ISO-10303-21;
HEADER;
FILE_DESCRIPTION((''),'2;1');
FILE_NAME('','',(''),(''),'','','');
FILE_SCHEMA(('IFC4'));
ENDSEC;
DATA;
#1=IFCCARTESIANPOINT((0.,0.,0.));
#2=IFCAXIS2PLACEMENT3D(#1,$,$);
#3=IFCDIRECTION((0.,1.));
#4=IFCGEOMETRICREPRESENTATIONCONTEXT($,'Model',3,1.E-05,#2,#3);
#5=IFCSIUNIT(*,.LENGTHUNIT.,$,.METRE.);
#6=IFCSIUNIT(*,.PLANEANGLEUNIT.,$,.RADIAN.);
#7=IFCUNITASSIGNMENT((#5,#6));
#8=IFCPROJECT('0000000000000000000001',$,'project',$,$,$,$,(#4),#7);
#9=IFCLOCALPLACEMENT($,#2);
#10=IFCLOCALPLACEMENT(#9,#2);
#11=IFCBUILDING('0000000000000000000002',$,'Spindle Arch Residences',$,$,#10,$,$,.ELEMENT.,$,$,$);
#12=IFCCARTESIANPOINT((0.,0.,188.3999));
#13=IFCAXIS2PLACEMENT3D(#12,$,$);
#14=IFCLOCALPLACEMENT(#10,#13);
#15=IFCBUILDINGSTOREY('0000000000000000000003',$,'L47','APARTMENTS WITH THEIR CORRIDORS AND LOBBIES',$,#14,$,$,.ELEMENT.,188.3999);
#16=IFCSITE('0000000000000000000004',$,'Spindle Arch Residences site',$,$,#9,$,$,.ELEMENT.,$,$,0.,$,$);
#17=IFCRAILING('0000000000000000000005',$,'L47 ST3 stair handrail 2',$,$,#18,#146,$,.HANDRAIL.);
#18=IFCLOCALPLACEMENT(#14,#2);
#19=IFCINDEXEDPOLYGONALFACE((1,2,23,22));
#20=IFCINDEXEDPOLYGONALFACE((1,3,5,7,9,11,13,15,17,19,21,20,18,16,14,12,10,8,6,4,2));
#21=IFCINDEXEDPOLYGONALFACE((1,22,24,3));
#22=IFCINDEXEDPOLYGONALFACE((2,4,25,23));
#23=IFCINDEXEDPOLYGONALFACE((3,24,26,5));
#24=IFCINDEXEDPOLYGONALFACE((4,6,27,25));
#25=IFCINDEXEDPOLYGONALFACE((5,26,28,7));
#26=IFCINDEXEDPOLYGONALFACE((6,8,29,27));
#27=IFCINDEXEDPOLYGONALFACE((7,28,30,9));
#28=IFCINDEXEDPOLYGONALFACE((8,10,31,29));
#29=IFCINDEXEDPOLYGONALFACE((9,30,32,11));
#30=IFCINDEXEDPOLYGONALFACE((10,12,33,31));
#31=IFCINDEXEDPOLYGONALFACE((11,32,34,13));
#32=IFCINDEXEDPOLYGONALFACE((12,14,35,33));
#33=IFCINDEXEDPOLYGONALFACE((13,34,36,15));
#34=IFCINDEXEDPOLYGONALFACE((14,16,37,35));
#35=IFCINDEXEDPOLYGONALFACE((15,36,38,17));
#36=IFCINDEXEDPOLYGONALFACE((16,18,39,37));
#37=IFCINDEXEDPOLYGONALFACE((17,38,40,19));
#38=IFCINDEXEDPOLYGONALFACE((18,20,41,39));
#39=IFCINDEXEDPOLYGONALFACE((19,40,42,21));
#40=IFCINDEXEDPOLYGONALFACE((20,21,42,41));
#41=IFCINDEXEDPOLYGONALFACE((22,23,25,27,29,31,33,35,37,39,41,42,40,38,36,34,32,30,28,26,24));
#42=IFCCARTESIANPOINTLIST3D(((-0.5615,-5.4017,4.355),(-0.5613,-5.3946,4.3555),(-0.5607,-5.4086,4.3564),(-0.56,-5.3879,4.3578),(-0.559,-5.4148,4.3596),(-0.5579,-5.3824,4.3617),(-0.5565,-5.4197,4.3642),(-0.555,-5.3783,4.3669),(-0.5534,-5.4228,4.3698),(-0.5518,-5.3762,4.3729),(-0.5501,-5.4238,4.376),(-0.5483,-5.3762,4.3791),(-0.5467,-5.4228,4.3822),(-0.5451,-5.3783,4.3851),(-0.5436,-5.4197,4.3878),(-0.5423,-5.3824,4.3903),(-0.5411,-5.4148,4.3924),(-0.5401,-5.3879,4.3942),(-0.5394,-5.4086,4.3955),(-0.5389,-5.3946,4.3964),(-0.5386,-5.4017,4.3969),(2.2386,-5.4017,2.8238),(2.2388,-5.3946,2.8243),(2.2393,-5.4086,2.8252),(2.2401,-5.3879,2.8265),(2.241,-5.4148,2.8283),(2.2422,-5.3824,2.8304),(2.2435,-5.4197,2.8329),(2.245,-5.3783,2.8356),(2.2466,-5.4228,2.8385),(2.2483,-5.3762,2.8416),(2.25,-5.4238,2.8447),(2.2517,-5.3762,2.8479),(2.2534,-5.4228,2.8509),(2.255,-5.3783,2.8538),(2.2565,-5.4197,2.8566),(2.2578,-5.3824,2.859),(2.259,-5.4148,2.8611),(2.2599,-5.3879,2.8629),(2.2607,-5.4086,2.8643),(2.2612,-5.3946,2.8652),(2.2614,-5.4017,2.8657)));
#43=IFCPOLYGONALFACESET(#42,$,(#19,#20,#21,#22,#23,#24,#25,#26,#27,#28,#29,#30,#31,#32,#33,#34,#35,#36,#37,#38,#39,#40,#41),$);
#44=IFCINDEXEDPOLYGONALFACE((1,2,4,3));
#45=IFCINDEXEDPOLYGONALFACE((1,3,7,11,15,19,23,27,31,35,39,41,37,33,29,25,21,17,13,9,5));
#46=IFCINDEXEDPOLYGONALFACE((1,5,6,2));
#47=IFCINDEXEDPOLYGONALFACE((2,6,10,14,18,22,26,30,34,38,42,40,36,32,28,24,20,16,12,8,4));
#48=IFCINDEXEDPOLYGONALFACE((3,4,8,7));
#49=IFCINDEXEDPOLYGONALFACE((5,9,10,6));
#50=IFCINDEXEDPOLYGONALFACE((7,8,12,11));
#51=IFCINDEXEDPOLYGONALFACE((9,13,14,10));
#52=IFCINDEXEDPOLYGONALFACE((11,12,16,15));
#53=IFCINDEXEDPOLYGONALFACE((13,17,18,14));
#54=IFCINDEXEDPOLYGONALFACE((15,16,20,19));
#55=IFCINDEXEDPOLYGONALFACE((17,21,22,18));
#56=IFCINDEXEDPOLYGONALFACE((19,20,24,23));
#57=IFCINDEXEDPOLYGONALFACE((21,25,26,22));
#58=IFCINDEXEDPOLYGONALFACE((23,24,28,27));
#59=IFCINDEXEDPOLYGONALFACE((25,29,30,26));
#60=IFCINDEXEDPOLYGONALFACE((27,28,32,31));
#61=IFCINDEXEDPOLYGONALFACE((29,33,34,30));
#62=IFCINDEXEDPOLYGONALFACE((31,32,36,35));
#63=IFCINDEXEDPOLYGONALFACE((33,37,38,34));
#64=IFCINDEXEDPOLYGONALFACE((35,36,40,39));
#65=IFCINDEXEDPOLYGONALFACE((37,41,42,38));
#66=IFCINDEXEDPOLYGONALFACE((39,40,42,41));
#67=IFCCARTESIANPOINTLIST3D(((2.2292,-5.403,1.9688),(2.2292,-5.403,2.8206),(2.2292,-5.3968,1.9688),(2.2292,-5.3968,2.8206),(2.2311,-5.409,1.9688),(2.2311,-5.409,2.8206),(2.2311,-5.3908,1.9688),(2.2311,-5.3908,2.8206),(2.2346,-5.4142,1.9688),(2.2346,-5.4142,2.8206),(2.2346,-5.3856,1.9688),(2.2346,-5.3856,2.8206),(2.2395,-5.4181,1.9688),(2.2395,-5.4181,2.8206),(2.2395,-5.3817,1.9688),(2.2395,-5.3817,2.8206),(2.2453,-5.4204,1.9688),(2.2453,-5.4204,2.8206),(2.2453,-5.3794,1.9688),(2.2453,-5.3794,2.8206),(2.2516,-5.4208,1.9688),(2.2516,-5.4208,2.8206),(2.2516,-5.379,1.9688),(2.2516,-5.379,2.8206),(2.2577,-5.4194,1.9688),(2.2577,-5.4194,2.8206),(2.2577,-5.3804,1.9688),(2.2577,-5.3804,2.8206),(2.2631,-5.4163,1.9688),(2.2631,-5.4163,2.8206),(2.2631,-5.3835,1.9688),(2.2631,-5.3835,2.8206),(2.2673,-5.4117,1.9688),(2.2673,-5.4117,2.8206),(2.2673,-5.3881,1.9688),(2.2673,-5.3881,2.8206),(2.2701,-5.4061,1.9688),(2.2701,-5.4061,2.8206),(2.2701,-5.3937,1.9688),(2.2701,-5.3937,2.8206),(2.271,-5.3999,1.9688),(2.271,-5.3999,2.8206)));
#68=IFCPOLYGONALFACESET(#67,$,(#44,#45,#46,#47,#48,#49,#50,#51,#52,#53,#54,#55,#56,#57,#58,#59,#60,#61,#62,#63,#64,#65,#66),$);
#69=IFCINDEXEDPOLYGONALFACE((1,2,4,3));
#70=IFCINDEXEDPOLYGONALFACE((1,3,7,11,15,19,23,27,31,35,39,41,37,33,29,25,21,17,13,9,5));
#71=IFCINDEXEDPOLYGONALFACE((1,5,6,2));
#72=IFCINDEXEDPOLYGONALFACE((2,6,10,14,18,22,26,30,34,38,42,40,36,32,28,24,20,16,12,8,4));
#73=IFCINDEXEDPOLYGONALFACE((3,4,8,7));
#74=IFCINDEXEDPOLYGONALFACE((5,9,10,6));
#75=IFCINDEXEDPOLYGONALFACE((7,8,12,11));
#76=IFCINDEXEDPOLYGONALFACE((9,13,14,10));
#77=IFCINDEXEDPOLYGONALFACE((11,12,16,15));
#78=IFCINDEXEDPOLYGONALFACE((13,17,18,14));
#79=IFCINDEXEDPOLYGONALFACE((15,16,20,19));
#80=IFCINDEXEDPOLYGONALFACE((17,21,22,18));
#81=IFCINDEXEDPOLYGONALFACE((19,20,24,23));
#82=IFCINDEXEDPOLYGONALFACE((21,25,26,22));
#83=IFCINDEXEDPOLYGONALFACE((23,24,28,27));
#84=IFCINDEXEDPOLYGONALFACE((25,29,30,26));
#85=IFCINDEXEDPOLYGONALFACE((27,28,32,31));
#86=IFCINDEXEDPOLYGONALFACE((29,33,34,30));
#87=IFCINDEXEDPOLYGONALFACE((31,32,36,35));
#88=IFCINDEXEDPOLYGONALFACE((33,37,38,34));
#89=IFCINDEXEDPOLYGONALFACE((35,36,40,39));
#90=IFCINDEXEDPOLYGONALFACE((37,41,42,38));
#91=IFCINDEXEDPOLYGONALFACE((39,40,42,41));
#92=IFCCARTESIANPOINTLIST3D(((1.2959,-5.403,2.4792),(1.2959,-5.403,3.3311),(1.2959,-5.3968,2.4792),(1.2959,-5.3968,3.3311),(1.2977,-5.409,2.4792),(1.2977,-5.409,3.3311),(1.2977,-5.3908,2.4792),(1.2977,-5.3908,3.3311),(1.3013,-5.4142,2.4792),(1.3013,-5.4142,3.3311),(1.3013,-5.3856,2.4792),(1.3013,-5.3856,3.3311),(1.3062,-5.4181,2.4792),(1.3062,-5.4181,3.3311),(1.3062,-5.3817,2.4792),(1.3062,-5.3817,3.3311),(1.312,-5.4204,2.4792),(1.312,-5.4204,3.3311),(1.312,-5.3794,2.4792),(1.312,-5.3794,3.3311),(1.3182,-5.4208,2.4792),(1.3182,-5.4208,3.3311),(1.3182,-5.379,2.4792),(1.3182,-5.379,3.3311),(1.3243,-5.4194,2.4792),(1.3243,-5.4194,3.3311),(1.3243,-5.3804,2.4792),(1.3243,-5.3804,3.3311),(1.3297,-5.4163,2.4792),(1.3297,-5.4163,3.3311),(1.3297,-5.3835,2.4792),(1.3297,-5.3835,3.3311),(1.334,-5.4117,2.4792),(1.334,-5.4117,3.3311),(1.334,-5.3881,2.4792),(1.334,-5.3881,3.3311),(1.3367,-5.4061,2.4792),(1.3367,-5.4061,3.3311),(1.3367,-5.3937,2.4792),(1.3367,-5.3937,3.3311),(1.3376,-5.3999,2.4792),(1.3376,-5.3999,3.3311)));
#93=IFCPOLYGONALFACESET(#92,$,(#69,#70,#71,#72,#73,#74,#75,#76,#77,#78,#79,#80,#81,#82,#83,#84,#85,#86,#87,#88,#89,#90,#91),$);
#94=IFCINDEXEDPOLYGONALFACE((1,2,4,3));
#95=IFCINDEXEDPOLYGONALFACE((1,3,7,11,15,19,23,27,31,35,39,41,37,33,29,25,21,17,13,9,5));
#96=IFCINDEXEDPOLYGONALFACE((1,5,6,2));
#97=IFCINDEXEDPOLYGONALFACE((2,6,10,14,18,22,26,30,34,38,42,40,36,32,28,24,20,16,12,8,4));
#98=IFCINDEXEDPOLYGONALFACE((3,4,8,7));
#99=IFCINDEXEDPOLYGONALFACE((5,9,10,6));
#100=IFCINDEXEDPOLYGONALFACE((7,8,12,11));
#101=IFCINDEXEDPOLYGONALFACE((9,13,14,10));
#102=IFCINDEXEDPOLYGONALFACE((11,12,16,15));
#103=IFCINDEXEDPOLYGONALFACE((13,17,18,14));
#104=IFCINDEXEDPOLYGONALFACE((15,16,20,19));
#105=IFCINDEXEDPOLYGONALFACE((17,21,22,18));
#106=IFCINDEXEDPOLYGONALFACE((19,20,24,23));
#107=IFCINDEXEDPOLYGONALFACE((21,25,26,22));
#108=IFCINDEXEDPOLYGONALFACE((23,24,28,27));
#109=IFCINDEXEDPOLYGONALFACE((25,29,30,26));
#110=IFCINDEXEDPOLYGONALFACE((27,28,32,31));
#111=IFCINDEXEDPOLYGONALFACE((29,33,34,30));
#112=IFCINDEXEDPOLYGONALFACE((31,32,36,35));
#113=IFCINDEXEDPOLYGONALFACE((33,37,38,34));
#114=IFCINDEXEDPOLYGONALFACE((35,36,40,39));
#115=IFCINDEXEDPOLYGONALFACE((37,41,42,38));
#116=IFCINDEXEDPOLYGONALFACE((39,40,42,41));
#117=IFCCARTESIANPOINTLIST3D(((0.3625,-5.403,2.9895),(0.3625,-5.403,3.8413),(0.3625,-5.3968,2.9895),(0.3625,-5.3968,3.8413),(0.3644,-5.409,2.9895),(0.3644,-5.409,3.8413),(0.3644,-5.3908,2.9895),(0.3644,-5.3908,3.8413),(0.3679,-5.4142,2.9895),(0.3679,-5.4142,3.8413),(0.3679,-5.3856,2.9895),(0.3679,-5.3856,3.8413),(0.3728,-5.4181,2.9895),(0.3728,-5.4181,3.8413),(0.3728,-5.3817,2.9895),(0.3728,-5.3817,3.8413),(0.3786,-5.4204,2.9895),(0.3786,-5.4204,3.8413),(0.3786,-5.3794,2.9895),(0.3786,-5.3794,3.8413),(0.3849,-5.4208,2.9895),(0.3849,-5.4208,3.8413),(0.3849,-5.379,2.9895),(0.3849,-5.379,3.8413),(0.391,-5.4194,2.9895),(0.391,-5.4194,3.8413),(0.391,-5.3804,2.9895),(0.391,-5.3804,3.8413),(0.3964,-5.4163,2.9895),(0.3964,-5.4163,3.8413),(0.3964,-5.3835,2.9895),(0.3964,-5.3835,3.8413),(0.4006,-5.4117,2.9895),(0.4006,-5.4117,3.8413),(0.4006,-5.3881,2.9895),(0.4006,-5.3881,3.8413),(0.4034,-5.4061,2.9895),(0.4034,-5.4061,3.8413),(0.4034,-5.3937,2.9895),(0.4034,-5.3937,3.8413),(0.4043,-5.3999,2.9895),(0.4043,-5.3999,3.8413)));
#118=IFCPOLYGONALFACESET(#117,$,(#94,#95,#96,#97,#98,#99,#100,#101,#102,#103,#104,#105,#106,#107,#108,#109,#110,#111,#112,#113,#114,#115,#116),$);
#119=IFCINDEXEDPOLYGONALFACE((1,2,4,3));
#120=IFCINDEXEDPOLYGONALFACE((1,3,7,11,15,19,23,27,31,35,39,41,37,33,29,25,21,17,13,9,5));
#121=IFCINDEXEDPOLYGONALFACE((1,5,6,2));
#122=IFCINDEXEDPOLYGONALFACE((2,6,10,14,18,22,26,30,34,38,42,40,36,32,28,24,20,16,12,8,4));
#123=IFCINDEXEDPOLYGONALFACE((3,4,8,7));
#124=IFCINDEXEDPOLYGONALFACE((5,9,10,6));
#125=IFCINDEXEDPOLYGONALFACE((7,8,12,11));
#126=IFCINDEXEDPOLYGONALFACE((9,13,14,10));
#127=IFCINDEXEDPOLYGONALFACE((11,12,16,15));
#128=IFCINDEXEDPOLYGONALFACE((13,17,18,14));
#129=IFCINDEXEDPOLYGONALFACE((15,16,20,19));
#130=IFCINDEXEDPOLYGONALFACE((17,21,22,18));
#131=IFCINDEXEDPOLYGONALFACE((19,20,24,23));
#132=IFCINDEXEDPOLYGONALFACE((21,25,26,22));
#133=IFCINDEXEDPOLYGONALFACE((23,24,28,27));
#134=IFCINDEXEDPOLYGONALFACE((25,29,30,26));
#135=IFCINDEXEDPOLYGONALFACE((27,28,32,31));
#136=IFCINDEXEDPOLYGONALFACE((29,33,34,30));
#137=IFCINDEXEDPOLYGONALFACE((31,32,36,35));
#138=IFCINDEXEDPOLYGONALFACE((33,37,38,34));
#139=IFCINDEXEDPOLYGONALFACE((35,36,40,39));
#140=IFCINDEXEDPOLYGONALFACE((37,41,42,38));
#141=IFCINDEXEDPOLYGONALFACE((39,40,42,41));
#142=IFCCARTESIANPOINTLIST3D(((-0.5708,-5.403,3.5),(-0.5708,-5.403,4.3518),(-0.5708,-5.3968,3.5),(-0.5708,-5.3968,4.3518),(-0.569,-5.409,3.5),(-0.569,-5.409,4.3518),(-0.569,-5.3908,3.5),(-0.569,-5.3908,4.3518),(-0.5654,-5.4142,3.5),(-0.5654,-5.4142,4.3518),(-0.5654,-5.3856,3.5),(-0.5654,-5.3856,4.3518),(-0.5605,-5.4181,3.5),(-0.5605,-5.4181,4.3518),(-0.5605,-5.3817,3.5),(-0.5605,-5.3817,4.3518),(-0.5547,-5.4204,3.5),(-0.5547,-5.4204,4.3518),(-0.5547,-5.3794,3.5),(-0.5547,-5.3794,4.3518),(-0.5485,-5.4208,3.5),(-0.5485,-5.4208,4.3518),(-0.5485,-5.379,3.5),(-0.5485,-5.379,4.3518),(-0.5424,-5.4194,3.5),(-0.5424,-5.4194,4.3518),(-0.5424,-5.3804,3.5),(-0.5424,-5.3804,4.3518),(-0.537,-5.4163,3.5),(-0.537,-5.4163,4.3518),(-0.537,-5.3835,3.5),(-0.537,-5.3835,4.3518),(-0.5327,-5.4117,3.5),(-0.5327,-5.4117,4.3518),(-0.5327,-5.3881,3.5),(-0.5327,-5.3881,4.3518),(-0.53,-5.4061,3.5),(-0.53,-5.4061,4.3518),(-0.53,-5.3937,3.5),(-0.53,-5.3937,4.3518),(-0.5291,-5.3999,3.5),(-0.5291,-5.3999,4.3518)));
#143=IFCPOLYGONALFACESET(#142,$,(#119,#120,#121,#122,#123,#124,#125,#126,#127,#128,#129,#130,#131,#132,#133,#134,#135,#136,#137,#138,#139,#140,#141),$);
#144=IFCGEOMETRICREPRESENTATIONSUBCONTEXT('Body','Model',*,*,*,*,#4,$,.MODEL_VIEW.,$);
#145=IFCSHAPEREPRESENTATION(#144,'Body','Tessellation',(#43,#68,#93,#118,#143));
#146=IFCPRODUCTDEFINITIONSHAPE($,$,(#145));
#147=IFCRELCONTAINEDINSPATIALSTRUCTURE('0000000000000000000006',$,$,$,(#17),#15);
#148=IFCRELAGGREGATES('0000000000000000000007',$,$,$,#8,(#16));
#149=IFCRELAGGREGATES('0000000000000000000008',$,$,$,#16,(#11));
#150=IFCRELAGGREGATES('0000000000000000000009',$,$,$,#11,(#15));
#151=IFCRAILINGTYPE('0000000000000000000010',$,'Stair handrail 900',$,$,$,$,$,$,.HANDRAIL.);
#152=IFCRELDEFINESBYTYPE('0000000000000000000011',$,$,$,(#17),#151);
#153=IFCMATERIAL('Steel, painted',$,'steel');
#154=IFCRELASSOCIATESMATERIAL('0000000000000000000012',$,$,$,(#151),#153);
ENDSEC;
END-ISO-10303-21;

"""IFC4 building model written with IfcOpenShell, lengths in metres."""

from ifc_helpers import new_model, si_unit, direction, frame, origin, origin_2d, place, context, subcontext, project, spatial, circle, extrude, material, type_object, element, save


model = new_model("IFC4")

# Units and contexts
model_context = context("Model", 3, precision=1e-05, world=origin(), true_north=direction((0.0, 1.0)))
body_context = subcontext(model_context, "Body", "Model", "MODEL_VIEW")
ifc_project = project(units=[si_unit("LENGTHUNIT", "METRE"), si_unit("PLANEANGLEUNIT", "RADIAN")], contexts=[model_context])

# Site, building, storey
site_placement = place(None, origin())
site = spatial("IfcSite", under=ifc_project, at=site_placement, Name="Spindle Arch Residences site", CompositionType="ELEMENT", RefElevation=0.0)
building_placement = place(site_placement, origin())
building = spatial("IfcBuilding", under=site, at=building_placement, Name="Spindle Arch Residences", CompositionType="ELEMENT")
storey_placement = place(building_placement, frame((0.0, 0.0, 188.3999)))
storey = spatial("IfcBuildingStorey", under=building, at=storey_placement, Name="L47", Description="APARTMENTS WITH THEIR CORRIDORS AND LOBBIES", CompositionType="ELEMENT", Elevation=188.3999)

# Railing
ifc_material_1 = material(Name="Steel, painted", Category="steel")
railing_type_1 = type_object("IfcRailingType", Name="Stair handrail 900", PredefinedType="HANDRAIL", material=ifc_material_1)
railing_1_placement = place(storey_placement, frame((2.25, -5.3999, 1.9688)))
element("IfcRailing", 1, at=railing_1_placement, inside=storey, type_object=railing_type_1, Name="L47 ST3 stair handrail 2", PredefinedType="HANDRAIL", context=body_context, shape_type="SweptSolid", body=[
    extrude(circle(Radius=0.0239, at=origin_2d()), frame((0.0, 0.0, 0.876), z_axis=(-0.877375, 0.0, 0.479806), x_axis=(0.0, -1.0, 0.0)), (0.0, 0.0, 1.0), 3.1914),
    extrude(circle(Radius=0.021, at=origin_2d()), origin(), (0.0, 0.0, 1.0), 0.8518),
    extrude(circle(Radius=0.021, at=origin_2d()), frame((-0.9333, 0.0, 0.5105)), (0.0, 0.0, 1.0), 0.8518),
    extrude(circle(Radius=0.021, at=origin_2d()), frame((-1.8667, 0.0, 1.0208)), (0.0, 0.0, 1.0), 0.8518),
    extrude(circle(Radius=0.021, at=origin_2d()), frame((-2.8, 0.0, 1.5312)), (0.0, 0.0, 1.0), 0.8518),
])

save(model, "model.ifc")
